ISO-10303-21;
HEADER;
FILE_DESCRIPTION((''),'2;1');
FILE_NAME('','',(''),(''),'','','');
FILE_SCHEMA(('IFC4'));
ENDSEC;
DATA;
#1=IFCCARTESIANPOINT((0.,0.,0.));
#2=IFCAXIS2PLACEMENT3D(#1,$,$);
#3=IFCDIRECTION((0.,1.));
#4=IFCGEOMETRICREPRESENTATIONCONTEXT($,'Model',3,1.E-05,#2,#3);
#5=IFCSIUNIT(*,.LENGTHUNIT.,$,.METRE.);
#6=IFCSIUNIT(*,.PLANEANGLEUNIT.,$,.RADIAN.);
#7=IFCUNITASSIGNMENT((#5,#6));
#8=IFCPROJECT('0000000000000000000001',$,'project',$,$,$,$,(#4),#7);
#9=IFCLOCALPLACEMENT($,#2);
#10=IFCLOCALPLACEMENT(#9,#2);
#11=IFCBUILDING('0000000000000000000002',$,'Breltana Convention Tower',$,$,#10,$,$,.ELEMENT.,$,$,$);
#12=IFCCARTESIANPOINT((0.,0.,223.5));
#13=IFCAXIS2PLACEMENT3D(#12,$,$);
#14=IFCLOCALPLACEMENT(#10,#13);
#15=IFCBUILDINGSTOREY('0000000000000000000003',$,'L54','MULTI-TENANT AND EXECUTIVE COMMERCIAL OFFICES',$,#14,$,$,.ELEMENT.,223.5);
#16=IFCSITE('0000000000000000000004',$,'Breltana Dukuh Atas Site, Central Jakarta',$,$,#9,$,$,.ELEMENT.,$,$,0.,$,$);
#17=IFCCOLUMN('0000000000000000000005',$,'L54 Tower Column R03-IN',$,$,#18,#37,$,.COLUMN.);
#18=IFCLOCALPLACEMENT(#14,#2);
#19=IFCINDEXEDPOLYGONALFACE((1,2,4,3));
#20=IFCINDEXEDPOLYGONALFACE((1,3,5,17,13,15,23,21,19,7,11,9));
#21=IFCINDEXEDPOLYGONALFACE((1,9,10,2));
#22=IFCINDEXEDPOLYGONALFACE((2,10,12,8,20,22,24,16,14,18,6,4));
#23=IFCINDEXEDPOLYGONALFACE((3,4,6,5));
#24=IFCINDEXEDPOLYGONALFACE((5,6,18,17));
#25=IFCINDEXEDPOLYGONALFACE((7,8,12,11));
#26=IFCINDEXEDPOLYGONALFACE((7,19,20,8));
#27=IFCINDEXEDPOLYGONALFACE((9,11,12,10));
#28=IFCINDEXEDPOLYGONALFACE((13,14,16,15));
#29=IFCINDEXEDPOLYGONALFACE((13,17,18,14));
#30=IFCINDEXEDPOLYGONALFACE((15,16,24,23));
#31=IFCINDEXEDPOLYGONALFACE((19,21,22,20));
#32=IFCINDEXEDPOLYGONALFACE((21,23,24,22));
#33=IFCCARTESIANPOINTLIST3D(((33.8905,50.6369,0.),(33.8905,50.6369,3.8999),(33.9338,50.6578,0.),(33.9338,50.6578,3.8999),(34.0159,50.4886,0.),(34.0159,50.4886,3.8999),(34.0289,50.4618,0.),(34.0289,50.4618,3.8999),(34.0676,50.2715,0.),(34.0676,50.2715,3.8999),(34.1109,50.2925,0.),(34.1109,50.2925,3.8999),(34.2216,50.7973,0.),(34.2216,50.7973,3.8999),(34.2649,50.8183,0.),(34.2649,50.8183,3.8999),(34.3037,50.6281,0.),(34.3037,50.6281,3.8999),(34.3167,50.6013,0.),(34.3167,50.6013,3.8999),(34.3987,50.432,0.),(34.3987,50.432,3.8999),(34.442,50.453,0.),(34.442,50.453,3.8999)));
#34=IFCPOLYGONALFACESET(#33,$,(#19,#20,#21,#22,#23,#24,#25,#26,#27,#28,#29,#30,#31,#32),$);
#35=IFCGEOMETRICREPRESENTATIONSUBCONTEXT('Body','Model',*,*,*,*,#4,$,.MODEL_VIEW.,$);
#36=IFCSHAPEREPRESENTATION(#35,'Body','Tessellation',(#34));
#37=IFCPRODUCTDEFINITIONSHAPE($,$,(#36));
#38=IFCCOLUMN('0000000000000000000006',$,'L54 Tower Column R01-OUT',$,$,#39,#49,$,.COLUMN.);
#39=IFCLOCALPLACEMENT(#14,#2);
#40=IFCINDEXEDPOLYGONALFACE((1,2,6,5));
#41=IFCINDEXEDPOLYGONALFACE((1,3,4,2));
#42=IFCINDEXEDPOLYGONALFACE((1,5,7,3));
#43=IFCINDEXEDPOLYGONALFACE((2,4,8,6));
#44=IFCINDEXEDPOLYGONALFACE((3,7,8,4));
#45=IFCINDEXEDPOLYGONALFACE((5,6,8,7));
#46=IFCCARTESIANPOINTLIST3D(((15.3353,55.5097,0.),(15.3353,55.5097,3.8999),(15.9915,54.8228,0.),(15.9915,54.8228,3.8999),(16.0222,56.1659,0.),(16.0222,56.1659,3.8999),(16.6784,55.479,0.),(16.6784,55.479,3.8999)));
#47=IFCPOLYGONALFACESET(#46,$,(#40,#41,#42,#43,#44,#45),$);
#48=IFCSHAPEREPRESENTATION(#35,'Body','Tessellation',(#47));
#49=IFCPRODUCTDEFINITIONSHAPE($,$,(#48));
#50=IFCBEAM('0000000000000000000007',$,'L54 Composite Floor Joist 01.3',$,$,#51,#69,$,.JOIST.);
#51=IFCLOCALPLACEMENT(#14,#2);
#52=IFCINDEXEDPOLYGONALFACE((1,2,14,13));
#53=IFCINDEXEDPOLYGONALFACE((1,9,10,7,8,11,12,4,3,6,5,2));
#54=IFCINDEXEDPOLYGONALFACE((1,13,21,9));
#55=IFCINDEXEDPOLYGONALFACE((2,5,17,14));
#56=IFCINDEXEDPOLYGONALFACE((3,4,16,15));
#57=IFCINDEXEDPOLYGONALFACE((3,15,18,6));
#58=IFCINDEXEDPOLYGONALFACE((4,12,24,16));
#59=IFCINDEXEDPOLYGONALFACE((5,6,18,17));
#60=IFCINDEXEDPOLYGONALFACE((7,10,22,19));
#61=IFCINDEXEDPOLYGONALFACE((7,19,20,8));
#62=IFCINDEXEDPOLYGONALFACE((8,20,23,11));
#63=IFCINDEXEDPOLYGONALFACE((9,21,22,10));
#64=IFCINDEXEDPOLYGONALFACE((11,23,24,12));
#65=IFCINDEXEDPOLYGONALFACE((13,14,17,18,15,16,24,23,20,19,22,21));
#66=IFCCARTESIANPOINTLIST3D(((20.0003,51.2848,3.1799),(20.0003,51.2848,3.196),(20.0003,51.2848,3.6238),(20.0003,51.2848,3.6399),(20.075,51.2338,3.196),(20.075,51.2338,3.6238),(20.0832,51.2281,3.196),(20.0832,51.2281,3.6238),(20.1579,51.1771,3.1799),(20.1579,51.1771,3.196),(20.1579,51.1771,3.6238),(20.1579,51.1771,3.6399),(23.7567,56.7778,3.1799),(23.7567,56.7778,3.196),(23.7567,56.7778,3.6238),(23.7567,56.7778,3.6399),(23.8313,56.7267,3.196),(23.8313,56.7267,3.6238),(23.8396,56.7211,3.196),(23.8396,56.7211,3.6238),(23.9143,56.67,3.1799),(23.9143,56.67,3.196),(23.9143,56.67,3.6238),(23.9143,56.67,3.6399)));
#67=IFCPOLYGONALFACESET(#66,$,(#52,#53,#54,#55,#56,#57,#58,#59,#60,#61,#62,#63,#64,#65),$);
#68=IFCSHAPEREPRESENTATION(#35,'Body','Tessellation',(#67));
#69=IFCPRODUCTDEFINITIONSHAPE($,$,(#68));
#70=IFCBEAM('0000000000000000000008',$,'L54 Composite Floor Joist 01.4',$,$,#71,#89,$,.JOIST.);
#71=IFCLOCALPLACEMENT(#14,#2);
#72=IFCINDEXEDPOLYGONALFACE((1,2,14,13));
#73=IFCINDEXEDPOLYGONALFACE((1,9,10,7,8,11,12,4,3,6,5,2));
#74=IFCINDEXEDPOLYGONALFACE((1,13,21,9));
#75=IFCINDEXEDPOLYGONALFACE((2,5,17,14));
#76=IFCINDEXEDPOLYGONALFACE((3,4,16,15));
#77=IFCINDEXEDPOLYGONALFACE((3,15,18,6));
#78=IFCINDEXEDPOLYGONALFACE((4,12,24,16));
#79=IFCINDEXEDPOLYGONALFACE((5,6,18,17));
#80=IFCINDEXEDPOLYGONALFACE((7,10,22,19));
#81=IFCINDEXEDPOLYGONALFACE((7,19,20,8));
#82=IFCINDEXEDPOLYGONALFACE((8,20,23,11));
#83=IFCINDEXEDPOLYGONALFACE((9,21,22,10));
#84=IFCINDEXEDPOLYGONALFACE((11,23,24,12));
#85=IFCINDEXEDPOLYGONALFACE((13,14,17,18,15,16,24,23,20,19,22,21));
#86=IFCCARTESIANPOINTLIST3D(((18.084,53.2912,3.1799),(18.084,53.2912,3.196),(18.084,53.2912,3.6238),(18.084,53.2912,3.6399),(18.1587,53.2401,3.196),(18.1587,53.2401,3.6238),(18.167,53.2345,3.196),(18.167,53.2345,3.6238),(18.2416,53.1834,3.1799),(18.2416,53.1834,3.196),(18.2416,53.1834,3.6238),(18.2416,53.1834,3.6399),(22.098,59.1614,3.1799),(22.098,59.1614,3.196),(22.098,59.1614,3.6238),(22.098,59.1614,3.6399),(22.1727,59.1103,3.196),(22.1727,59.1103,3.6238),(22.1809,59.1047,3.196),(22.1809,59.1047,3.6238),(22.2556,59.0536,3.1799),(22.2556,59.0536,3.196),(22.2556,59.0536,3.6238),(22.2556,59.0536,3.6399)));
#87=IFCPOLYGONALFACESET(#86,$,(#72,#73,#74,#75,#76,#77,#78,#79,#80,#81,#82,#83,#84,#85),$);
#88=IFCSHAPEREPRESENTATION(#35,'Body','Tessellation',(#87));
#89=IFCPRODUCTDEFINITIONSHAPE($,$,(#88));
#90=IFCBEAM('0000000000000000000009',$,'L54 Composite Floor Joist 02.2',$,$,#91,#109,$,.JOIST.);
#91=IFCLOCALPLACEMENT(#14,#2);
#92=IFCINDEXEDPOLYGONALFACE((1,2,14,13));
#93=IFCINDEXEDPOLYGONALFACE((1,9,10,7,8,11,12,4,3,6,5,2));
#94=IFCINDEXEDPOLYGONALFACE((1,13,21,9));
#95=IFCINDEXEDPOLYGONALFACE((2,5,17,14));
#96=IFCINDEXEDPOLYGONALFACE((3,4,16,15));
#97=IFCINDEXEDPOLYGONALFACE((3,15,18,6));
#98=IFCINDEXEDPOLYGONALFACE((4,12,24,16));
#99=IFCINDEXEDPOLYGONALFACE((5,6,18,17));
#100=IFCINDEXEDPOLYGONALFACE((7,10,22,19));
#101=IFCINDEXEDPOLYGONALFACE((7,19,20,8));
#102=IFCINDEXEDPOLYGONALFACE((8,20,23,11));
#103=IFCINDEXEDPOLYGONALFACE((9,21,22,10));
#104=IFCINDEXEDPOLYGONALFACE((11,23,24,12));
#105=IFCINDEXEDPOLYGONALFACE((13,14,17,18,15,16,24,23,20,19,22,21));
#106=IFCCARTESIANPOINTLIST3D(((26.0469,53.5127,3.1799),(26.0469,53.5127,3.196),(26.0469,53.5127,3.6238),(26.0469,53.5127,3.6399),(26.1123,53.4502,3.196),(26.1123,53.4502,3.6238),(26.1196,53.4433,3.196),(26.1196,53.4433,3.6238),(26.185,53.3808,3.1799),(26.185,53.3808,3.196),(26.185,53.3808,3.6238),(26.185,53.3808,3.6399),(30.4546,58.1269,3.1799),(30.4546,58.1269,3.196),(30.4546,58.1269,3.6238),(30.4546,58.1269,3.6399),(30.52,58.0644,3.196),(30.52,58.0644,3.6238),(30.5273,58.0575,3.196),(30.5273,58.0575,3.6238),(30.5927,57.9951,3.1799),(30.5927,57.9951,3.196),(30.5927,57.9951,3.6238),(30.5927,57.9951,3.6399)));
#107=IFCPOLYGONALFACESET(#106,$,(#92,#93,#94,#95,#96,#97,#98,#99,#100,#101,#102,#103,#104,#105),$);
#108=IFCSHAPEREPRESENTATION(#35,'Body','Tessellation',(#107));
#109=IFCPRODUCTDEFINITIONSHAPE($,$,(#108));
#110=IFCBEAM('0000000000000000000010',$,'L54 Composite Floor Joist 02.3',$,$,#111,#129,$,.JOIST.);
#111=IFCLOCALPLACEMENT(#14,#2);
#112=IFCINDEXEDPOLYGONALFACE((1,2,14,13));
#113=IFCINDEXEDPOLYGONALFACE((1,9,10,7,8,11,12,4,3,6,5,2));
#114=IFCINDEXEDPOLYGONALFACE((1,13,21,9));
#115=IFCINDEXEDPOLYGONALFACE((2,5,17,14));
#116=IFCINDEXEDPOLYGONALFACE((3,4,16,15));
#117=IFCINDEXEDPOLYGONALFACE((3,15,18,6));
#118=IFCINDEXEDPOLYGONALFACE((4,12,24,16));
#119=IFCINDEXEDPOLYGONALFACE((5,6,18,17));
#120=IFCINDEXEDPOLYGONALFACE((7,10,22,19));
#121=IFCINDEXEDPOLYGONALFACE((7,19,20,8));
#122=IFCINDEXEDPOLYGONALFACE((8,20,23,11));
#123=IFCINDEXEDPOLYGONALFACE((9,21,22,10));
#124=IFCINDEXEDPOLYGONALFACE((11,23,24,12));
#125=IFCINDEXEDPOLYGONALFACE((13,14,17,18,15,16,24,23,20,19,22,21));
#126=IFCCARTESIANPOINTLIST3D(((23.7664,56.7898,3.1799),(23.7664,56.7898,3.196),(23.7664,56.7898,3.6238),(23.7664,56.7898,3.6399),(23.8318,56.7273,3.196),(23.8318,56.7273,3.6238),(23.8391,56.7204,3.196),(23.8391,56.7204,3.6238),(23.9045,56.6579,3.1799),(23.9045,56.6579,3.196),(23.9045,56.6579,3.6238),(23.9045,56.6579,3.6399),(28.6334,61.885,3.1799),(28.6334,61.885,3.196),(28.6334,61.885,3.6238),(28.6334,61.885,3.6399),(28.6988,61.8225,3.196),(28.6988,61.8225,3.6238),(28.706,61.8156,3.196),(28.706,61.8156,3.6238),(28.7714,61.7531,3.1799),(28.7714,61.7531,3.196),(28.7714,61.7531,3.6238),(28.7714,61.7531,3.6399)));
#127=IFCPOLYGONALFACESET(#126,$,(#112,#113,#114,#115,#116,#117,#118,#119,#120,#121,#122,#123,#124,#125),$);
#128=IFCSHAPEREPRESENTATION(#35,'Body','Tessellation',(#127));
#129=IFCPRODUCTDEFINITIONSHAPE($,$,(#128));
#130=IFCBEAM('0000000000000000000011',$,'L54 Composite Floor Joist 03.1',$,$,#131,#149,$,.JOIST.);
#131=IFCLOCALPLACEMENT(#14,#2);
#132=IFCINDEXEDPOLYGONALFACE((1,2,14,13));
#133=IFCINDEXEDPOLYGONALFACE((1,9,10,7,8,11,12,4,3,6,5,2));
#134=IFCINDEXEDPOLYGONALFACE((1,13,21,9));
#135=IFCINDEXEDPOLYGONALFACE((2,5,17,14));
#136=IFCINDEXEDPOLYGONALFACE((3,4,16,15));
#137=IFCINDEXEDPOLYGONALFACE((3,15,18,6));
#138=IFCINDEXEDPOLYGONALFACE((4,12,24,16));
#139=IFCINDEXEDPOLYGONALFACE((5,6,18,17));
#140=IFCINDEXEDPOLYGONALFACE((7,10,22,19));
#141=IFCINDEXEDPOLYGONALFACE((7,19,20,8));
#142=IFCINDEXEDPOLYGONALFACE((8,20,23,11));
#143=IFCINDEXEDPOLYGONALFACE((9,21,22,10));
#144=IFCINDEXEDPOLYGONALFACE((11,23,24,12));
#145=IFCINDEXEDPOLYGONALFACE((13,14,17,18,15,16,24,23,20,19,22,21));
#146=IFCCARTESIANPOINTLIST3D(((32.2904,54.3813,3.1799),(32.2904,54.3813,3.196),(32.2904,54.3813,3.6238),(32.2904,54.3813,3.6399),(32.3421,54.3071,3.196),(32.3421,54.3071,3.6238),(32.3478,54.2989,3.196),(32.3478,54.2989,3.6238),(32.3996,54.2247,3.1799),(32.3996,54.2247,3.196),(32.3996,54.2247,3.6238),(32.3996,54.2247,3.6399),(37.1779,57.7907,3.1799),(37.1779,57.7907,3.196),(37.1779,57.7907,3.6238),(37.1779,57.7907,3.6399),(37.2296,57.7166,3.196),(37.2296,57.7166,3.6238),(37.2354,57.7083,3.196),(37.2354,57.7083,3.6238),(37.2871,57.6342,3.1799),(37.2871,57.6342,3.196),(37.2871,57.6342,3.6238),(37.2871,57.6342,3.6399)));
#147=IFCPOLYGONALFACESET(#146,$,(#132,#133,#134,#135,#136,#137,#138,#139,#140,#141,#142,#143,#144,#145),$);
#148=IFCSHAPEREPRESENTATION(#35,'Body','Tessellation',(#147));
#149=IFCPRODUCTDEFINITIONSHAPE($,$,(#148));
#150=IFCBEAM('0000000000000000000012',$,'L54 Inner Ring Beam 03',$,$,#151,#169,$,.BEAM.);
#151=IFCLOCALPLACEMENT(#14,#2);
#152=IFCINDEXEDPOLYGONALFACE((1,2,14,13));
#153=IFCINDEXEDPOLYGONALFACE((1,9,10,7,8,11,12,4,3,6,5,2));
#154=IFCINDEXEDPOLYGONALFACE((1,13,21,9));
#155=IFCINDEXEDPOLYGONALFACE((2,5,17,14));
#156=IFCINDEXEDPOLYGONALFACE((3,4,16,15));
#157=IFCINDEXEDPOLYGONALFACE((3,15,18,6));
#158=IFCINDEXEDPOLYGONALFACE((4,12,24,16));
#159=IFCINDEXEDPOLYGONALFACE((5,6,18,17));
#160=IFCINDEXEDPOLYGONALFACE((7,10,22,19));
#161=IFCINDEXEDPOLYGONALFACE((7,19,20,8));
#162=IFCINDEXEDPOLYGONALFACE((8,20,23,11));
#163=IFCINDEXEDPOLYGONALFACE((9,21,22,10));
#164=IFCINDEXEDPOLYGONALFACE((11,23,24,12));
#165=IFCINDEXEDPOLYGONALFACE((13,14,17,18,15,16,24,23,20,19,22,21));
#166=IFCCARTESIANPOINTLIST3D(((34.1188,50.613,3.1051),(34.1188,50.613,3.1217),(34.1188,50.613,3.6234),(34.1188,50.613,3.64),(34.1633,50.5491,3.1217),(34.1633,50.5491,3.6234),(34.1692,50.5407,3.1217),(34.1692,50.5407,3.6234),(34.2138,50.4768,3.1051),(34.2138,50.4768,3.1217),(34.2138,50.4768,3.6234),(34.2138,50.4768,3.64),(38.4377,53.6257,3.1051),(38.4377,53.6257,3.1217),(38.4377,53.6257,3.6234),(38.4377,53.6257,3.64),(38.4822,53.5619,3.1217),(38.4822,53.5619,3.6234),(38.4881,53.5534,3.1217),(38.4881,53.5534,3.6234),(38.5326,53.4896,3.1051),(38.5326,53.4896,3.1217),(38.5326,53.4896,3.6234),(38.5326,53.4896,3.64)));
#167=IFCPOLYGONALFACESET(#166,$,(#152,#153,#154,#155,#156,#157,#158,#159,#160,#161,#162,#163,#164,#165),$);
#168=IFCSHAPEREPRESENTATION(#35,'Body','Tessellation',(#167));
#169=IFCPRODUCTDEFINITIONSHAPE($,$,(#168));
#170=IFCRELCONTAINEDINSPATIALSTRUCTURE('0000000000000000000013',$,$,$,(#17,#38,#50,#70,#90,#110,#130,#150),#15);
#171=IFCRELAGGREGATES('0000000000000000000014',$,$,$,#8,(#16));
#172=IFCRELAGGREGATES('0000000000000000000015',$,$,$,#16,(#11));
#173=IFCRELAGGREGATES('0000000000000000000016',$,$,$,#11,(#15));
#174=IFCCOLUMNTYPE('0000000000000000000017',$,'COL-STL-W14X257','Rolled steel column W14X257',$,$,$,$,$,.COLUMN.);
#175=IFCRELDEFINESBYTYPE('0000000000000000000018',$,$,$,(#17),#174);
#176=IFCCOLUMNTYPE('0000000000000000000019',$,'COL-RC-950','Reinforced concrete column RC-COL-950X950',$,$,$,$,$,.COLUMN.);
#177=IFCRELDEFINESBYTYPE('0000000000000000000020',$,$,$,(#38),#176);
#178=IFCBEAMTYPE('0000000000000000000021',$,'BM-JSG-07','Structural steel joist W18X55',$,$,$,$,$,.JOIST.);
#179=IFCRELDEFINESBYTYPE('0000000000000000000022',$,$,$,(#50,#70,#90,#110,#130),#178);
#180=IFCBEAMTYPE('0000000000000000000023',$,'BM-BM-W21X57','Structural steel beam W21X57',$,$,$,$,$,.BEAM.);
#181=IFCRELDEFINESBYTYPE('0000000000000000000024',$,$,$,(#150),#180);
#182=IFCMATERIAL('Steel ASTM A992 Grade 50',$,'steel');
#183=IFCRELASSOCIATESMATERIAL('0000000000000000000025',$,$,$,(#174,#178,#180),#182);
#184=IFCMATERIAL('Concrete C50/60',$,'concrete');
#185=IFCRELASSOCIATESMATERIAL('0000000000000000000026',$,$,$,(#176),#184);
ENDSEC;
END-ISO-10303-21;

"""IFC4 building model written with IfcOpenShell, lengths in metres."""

from ifc_helpers import new_model, si_unit, direction, frame, origin, origin_2d, place, context, subcontext, project, spatial, rectangle, i_section, extrude, source, transform, mapped, material, material_profile, profile_set, type_object, element, save


model = new_model("IFC4")

# Units and contexts
model_context = context("Model", 3, precision=1e-05, world=origin(), true_north=direction((0.0, 1.0)))
body_context = subcontext(model_context, "Body", "Model", "MODEL_VIEW")
ifc_project = project(units=[si_unit("LENGTHUNIT", "METRE"), si_unit("PLANEANGLEUNIT", "RADIAN")], contexts=[model_context])

# Site, building, storey
site_placement = place(None, origin())
site = spatial("IfcSite", under=ifc_project, at=site_placement, Name="Breltana Dukuh Atas Site, Central Jakarta", CompositionType="ELEMENT", RefElevation=0.0)
building_placement = place(site_placement, origin())
building = spatial("IfcBuilding", under=site, at=building_placement, Name="Breltana Convention Tower", CompositionType="ELEMENT")
storey_placement = place(building_placement, frame((0.0, 0.0, 223.5)))
storey = spatial("IfcBuildingStorey", under=building, at=storey_placement, Name="L54", Description="MULTI-TENANT AND EXECUTIVE COMMERCIAL OFFICES", CompositionType="ELEMENT", Elevation=223.5)

# Columns
ifc_material_1 = material(Name="Steel ASTM A992 Grade 50", Category="steel")
ifc_material_profile_1 = material_profile(ifc_material_1, i_section(OverallWidth=0.406, OverallDepth=0.416, WebThickness=0.0298, FlangeThickness=0.0481, at=origin_2d()), Name="W14X257")
ifc_profile_set_1 = profile_set([ifc_material_profile_1], Name="Steel ASTM A992 Grade 50")
column_type_1 = type_object("IfcColumnType", Name="COL-STL-W14X257", Description="Rolled steel column W14X257", PredefinedType="COLUMN", material=ifc_profile_set_1)
shared_shape_1 = source(origin(), body_context, "Body", "SweptSolid", [
    extrude(i_section(OverallWidth=0.406, OverallDepth=0.416, WebThickness=0.0298, FlangeThickness=0.0481, at=origin_2d()), origin(), (0.0, 0.0, 1.0), 3.8999),
])
column_1_placement = place(storey_placement, frame((34.1663, 50.5449, 0.0), z_axis=(0.0, 0.0, 1.0), x_axis=(-0.436174, 0.899863, 0.0)))
element("IfcColumn", 1, at=column_1_placement, inside=storey, type_object=column_type_1, Name="L54 Tower Column R03-IN", PredefinedType="COLUMN", context=body_context, shape_type="MappedRepresentation", body=[
    mapped(shared_shape_1, transform((0.0, 0.0, 0.0), scale=1.0)),
])
ifc_material_2 = material(Name="Concrete C50/60", Category="concrete")
ifc_material_profile_2 = material_profile(ifc_material_2, rectangle(XDim=0.95, YDim=0.95, at=origin_2d()), Name="RC-COL-950X950")
ifc_profile_set_2 = profile_set([ifc_material_profile_2], Name="Concrete C50/60")
column_type_2 = type_object("IfcColumnType", Name="COL-RC-950", Description="Reinforced concrete column RC-COL-950X950", PredefinedType="COLUMN", material=ifc_profile_set_2)
shared_shape_2 = source(origin(), body_context, "Body", "SweptSolid", [
    extrude(rectangle(XDim=0.95, YDim=0.95, at=origin_2d()), origin(), (0.0, 0.0, 1.0), 3.8999),
])
column_2_placement = place(storey_placement, frame((16.0068, 55.4944, 0.0), z_axis=(0.0, 0.0, 1.0), x_axis=(-0.690756, 0.723088, 0.0)))
element("IfcColumn", 2, at=column_2_placement, inside=storey, type_object=column_type_2, Name="L54 Tower Column R01-OUT", PredefinedType="COLUMN", context=body_context, shape_type="MappedRepresentation", body=[
    mapped(shared_shape_2, transform((0.0, 0.0, 0.0), scale=1.0)),
])

# Beams
ifc_material_profile_3 = material_profile(ifc_material_1, i_section(OverallWidth=0.1909, OverallDepth=0.46, WebThickness=0.01, FlangeThickness=0.0161, at=origin_2d()), Name="W18X55")
ifc_profile_set_3 = profile_set([ifc_material_profile_3], Name="Steel ASTM A992 Grade 50")
beam_type_1 = type_object("IfcBeamType", Name="BM-JSG-07", Description="Structural steel joist W18X55", PredefinedType="JOIST", material=ifc_profile_set_3)
shared_shape_3 = source(origin(), body_context, "Body", "SweptSolid", [
    extrude(i_section(OverallWidth=0.1909, OverallDepth=0.46, WebThickness=0.01, FlangeThickness=0.0161, at=origin_2d()), origin(), (0.0, 0.0, 1.0), 6.6545),
])
beam_1_placement = place(storey_placement, frame((20.0791, 51.231, 3.4099), z_axis=(0.564483, 0.825445, 0.0), x_axis=(-0.825445, 0.564483, 0.0)))
element("IfcBeam", 3, at=beam_1_placement, inside=storey, type_object=beam_type_1, Name="L54 Composite Floor Joist 01.3", PredefinedType="JOIST", context=body_context, shape_type="MappedRepresentation", body=[
    mapped(shared_shape_3, transform((0.0, 0.0, 0.0), scale=1.0)),
])
shared_shape_4 = source(origin(), body_context, "Body", "SweptSolid", [
    extrude(i_section(OverallWidth=0.1909, OverallDepth=0.46, WebThickness=0.01, FlangeThickness=0.0161, at=origin_2d()), origin(), (0.0, 0.0, 1.0), 7.1113),
])
beam_2_placement = place(storey_placement, frame((18.1628, 53.2373, 3.4099), z_axis=(0.564446, 0.82547, 0.0), x_axis=(-0.82547, 0.564446, 0.0)))
element("IfcBeam", 4, at=beam_2_placement, inside=storey, type_object=beam_type_1, Name="L54 Composite Floor Joist 01.4", PredefinedType="JOIST", context=body_context, shape_type="MappedRepresentation", body=[
    mapped(shared_shape_4, transform((0.0, 0.0, 0.0), scale=1.0)),
])
shared_shape_5 = source(origin(), body_context, "Body", "SweptSolid", [
    extrude(i_section(OverallWidth=0.1909, OverallDepth=0.46, WebThickness=0.01, FlangeThickness=0.0161, at=origin_2d()), origin(), (0.0, 0.0, 1.0), 6.3811),
])
beam_3_placement = place(storey_placement, frame((26.116, 53.4468, 3.4099), z_axis=(0.690738, 0.723105, 0.0), x_axis=(-0.723105, 0.690738, 0.0)))
element("IfcBeam", 5, at=beam_3_placement, inside=storey, type_object=beam_type_1, Name="L54 Composite Floor Joist 02.2", PredefinedType="JOIST", context=body_context, shape_type="MappedRepresentation", body=[
    mapped(shared_shape_5, transform((0.0, 0.0, 0.0), scale=1.0)),
])
shared_shape_6 = source(origin(), body_context, "Body", "SweptSolid", [
    extrude(i_section(OverallWidth=0.1909, OverallDepth=0.46, WebThickness=0.01, FlangeThickness=0.0161, at=origin_2d()), origin(), (0.0, 0.0, 1.0), 7.0461),
])
beam_4_placement = place(storey_placement, frame((23.8354, 56.7239, 3.4099), z_axis=(0.690723, 0.72312, 0.0), x_axis=(-0.72312, 0.690723, 0.0)))
element("IfcBeam", 6, at=beam_4_placement, inside=storey, type_object=beam_type_1, Name="L54 Composite Floor Joist 02.3", PredefinedType="JOIST", context=body_context, shape_type="MappedRepresentation", body=[
    mapped(shared_shape_6, transform((0.0, 0.0, 0.0), scale=1.0)),
])
shared_shape_7 = source(origin(), body_context, "Body", "SweptSolid", [
    extrude(i_section(OverallWidth=0.1909, OverallDepth=0.46, WebThickness=0.01, FlangeThickness=0.0161, at=origin_2d()), origin(), (0.0, 0.0, 1.0), 5.9592),
])
beam_5_placement = place(storey_placement, frame((32.345, 54.303, 3.4099), z_axis=(0.82016, 0.572134, 0.0), x_axis=(-0.572134, 0.82016, 0.0)))
element("IfcBeam", 7, at=beam_5_placement, inside=storey, type_object=beam_type_1, Name="L54 Composite Floor Joist 03.1", PredefinedType="JOIST", context=body_context, shape_type="MappedRepresentation", body=[
    mapped(shared_shape_7, transform((0.0, 0.0, 0.0), scale=1.0)),
])
ifc_material_profile_4 = material_profile(ifc_material_1, i_section(OverallWidth=0.166, OverallDepth=0.5349, WebThickness=0.0103, FlangeThickness=0.0166, at=origin_2d()), Name="W21X57")
ifc_profile_set_4 = profile_set([ifc_material_profile_4], Name="Steel ASTM A992 Grade 50")
beam_type_2 = type_object("IfcBeamType", Name="BM-BM-W21X57", Description="Structural steel beam W21X57", PredefinedType="BEAM", material=ifc_profile_set_4)
shared_shape_8 = source(origin(), body_context, "Body", "SweptSolid", [
    extrude(i_section(OverallWidth=0.166, OverallDepth=0.5349, WebThickness=0.0103, FlangeThickness=0.0166, at=origin_2d()), origin(), (0.0, 0.0, 1.0), 5.2659),
])
beam_6_placement = place(storey_placement, frame((34.1663, 50.5449, 3.3726), z_axis=(0.820167, 0.572124, 0.0), x_axis=(-0.572124, 0.820167, 0.0)))
element("IfcBeam", 8, at=beam_6_placement, inside=storey, type_object=beam_type_2, Name="L54 Inner Ring Beam 03", PredefinedType="BEAM", context=body_context, shape_type="MappedRepresentation", body=[
    mapped(shared_shape_8, transform((0.0, 0.0, 0.0), scale=1.0)),
])

save(model, "model.ifc")
